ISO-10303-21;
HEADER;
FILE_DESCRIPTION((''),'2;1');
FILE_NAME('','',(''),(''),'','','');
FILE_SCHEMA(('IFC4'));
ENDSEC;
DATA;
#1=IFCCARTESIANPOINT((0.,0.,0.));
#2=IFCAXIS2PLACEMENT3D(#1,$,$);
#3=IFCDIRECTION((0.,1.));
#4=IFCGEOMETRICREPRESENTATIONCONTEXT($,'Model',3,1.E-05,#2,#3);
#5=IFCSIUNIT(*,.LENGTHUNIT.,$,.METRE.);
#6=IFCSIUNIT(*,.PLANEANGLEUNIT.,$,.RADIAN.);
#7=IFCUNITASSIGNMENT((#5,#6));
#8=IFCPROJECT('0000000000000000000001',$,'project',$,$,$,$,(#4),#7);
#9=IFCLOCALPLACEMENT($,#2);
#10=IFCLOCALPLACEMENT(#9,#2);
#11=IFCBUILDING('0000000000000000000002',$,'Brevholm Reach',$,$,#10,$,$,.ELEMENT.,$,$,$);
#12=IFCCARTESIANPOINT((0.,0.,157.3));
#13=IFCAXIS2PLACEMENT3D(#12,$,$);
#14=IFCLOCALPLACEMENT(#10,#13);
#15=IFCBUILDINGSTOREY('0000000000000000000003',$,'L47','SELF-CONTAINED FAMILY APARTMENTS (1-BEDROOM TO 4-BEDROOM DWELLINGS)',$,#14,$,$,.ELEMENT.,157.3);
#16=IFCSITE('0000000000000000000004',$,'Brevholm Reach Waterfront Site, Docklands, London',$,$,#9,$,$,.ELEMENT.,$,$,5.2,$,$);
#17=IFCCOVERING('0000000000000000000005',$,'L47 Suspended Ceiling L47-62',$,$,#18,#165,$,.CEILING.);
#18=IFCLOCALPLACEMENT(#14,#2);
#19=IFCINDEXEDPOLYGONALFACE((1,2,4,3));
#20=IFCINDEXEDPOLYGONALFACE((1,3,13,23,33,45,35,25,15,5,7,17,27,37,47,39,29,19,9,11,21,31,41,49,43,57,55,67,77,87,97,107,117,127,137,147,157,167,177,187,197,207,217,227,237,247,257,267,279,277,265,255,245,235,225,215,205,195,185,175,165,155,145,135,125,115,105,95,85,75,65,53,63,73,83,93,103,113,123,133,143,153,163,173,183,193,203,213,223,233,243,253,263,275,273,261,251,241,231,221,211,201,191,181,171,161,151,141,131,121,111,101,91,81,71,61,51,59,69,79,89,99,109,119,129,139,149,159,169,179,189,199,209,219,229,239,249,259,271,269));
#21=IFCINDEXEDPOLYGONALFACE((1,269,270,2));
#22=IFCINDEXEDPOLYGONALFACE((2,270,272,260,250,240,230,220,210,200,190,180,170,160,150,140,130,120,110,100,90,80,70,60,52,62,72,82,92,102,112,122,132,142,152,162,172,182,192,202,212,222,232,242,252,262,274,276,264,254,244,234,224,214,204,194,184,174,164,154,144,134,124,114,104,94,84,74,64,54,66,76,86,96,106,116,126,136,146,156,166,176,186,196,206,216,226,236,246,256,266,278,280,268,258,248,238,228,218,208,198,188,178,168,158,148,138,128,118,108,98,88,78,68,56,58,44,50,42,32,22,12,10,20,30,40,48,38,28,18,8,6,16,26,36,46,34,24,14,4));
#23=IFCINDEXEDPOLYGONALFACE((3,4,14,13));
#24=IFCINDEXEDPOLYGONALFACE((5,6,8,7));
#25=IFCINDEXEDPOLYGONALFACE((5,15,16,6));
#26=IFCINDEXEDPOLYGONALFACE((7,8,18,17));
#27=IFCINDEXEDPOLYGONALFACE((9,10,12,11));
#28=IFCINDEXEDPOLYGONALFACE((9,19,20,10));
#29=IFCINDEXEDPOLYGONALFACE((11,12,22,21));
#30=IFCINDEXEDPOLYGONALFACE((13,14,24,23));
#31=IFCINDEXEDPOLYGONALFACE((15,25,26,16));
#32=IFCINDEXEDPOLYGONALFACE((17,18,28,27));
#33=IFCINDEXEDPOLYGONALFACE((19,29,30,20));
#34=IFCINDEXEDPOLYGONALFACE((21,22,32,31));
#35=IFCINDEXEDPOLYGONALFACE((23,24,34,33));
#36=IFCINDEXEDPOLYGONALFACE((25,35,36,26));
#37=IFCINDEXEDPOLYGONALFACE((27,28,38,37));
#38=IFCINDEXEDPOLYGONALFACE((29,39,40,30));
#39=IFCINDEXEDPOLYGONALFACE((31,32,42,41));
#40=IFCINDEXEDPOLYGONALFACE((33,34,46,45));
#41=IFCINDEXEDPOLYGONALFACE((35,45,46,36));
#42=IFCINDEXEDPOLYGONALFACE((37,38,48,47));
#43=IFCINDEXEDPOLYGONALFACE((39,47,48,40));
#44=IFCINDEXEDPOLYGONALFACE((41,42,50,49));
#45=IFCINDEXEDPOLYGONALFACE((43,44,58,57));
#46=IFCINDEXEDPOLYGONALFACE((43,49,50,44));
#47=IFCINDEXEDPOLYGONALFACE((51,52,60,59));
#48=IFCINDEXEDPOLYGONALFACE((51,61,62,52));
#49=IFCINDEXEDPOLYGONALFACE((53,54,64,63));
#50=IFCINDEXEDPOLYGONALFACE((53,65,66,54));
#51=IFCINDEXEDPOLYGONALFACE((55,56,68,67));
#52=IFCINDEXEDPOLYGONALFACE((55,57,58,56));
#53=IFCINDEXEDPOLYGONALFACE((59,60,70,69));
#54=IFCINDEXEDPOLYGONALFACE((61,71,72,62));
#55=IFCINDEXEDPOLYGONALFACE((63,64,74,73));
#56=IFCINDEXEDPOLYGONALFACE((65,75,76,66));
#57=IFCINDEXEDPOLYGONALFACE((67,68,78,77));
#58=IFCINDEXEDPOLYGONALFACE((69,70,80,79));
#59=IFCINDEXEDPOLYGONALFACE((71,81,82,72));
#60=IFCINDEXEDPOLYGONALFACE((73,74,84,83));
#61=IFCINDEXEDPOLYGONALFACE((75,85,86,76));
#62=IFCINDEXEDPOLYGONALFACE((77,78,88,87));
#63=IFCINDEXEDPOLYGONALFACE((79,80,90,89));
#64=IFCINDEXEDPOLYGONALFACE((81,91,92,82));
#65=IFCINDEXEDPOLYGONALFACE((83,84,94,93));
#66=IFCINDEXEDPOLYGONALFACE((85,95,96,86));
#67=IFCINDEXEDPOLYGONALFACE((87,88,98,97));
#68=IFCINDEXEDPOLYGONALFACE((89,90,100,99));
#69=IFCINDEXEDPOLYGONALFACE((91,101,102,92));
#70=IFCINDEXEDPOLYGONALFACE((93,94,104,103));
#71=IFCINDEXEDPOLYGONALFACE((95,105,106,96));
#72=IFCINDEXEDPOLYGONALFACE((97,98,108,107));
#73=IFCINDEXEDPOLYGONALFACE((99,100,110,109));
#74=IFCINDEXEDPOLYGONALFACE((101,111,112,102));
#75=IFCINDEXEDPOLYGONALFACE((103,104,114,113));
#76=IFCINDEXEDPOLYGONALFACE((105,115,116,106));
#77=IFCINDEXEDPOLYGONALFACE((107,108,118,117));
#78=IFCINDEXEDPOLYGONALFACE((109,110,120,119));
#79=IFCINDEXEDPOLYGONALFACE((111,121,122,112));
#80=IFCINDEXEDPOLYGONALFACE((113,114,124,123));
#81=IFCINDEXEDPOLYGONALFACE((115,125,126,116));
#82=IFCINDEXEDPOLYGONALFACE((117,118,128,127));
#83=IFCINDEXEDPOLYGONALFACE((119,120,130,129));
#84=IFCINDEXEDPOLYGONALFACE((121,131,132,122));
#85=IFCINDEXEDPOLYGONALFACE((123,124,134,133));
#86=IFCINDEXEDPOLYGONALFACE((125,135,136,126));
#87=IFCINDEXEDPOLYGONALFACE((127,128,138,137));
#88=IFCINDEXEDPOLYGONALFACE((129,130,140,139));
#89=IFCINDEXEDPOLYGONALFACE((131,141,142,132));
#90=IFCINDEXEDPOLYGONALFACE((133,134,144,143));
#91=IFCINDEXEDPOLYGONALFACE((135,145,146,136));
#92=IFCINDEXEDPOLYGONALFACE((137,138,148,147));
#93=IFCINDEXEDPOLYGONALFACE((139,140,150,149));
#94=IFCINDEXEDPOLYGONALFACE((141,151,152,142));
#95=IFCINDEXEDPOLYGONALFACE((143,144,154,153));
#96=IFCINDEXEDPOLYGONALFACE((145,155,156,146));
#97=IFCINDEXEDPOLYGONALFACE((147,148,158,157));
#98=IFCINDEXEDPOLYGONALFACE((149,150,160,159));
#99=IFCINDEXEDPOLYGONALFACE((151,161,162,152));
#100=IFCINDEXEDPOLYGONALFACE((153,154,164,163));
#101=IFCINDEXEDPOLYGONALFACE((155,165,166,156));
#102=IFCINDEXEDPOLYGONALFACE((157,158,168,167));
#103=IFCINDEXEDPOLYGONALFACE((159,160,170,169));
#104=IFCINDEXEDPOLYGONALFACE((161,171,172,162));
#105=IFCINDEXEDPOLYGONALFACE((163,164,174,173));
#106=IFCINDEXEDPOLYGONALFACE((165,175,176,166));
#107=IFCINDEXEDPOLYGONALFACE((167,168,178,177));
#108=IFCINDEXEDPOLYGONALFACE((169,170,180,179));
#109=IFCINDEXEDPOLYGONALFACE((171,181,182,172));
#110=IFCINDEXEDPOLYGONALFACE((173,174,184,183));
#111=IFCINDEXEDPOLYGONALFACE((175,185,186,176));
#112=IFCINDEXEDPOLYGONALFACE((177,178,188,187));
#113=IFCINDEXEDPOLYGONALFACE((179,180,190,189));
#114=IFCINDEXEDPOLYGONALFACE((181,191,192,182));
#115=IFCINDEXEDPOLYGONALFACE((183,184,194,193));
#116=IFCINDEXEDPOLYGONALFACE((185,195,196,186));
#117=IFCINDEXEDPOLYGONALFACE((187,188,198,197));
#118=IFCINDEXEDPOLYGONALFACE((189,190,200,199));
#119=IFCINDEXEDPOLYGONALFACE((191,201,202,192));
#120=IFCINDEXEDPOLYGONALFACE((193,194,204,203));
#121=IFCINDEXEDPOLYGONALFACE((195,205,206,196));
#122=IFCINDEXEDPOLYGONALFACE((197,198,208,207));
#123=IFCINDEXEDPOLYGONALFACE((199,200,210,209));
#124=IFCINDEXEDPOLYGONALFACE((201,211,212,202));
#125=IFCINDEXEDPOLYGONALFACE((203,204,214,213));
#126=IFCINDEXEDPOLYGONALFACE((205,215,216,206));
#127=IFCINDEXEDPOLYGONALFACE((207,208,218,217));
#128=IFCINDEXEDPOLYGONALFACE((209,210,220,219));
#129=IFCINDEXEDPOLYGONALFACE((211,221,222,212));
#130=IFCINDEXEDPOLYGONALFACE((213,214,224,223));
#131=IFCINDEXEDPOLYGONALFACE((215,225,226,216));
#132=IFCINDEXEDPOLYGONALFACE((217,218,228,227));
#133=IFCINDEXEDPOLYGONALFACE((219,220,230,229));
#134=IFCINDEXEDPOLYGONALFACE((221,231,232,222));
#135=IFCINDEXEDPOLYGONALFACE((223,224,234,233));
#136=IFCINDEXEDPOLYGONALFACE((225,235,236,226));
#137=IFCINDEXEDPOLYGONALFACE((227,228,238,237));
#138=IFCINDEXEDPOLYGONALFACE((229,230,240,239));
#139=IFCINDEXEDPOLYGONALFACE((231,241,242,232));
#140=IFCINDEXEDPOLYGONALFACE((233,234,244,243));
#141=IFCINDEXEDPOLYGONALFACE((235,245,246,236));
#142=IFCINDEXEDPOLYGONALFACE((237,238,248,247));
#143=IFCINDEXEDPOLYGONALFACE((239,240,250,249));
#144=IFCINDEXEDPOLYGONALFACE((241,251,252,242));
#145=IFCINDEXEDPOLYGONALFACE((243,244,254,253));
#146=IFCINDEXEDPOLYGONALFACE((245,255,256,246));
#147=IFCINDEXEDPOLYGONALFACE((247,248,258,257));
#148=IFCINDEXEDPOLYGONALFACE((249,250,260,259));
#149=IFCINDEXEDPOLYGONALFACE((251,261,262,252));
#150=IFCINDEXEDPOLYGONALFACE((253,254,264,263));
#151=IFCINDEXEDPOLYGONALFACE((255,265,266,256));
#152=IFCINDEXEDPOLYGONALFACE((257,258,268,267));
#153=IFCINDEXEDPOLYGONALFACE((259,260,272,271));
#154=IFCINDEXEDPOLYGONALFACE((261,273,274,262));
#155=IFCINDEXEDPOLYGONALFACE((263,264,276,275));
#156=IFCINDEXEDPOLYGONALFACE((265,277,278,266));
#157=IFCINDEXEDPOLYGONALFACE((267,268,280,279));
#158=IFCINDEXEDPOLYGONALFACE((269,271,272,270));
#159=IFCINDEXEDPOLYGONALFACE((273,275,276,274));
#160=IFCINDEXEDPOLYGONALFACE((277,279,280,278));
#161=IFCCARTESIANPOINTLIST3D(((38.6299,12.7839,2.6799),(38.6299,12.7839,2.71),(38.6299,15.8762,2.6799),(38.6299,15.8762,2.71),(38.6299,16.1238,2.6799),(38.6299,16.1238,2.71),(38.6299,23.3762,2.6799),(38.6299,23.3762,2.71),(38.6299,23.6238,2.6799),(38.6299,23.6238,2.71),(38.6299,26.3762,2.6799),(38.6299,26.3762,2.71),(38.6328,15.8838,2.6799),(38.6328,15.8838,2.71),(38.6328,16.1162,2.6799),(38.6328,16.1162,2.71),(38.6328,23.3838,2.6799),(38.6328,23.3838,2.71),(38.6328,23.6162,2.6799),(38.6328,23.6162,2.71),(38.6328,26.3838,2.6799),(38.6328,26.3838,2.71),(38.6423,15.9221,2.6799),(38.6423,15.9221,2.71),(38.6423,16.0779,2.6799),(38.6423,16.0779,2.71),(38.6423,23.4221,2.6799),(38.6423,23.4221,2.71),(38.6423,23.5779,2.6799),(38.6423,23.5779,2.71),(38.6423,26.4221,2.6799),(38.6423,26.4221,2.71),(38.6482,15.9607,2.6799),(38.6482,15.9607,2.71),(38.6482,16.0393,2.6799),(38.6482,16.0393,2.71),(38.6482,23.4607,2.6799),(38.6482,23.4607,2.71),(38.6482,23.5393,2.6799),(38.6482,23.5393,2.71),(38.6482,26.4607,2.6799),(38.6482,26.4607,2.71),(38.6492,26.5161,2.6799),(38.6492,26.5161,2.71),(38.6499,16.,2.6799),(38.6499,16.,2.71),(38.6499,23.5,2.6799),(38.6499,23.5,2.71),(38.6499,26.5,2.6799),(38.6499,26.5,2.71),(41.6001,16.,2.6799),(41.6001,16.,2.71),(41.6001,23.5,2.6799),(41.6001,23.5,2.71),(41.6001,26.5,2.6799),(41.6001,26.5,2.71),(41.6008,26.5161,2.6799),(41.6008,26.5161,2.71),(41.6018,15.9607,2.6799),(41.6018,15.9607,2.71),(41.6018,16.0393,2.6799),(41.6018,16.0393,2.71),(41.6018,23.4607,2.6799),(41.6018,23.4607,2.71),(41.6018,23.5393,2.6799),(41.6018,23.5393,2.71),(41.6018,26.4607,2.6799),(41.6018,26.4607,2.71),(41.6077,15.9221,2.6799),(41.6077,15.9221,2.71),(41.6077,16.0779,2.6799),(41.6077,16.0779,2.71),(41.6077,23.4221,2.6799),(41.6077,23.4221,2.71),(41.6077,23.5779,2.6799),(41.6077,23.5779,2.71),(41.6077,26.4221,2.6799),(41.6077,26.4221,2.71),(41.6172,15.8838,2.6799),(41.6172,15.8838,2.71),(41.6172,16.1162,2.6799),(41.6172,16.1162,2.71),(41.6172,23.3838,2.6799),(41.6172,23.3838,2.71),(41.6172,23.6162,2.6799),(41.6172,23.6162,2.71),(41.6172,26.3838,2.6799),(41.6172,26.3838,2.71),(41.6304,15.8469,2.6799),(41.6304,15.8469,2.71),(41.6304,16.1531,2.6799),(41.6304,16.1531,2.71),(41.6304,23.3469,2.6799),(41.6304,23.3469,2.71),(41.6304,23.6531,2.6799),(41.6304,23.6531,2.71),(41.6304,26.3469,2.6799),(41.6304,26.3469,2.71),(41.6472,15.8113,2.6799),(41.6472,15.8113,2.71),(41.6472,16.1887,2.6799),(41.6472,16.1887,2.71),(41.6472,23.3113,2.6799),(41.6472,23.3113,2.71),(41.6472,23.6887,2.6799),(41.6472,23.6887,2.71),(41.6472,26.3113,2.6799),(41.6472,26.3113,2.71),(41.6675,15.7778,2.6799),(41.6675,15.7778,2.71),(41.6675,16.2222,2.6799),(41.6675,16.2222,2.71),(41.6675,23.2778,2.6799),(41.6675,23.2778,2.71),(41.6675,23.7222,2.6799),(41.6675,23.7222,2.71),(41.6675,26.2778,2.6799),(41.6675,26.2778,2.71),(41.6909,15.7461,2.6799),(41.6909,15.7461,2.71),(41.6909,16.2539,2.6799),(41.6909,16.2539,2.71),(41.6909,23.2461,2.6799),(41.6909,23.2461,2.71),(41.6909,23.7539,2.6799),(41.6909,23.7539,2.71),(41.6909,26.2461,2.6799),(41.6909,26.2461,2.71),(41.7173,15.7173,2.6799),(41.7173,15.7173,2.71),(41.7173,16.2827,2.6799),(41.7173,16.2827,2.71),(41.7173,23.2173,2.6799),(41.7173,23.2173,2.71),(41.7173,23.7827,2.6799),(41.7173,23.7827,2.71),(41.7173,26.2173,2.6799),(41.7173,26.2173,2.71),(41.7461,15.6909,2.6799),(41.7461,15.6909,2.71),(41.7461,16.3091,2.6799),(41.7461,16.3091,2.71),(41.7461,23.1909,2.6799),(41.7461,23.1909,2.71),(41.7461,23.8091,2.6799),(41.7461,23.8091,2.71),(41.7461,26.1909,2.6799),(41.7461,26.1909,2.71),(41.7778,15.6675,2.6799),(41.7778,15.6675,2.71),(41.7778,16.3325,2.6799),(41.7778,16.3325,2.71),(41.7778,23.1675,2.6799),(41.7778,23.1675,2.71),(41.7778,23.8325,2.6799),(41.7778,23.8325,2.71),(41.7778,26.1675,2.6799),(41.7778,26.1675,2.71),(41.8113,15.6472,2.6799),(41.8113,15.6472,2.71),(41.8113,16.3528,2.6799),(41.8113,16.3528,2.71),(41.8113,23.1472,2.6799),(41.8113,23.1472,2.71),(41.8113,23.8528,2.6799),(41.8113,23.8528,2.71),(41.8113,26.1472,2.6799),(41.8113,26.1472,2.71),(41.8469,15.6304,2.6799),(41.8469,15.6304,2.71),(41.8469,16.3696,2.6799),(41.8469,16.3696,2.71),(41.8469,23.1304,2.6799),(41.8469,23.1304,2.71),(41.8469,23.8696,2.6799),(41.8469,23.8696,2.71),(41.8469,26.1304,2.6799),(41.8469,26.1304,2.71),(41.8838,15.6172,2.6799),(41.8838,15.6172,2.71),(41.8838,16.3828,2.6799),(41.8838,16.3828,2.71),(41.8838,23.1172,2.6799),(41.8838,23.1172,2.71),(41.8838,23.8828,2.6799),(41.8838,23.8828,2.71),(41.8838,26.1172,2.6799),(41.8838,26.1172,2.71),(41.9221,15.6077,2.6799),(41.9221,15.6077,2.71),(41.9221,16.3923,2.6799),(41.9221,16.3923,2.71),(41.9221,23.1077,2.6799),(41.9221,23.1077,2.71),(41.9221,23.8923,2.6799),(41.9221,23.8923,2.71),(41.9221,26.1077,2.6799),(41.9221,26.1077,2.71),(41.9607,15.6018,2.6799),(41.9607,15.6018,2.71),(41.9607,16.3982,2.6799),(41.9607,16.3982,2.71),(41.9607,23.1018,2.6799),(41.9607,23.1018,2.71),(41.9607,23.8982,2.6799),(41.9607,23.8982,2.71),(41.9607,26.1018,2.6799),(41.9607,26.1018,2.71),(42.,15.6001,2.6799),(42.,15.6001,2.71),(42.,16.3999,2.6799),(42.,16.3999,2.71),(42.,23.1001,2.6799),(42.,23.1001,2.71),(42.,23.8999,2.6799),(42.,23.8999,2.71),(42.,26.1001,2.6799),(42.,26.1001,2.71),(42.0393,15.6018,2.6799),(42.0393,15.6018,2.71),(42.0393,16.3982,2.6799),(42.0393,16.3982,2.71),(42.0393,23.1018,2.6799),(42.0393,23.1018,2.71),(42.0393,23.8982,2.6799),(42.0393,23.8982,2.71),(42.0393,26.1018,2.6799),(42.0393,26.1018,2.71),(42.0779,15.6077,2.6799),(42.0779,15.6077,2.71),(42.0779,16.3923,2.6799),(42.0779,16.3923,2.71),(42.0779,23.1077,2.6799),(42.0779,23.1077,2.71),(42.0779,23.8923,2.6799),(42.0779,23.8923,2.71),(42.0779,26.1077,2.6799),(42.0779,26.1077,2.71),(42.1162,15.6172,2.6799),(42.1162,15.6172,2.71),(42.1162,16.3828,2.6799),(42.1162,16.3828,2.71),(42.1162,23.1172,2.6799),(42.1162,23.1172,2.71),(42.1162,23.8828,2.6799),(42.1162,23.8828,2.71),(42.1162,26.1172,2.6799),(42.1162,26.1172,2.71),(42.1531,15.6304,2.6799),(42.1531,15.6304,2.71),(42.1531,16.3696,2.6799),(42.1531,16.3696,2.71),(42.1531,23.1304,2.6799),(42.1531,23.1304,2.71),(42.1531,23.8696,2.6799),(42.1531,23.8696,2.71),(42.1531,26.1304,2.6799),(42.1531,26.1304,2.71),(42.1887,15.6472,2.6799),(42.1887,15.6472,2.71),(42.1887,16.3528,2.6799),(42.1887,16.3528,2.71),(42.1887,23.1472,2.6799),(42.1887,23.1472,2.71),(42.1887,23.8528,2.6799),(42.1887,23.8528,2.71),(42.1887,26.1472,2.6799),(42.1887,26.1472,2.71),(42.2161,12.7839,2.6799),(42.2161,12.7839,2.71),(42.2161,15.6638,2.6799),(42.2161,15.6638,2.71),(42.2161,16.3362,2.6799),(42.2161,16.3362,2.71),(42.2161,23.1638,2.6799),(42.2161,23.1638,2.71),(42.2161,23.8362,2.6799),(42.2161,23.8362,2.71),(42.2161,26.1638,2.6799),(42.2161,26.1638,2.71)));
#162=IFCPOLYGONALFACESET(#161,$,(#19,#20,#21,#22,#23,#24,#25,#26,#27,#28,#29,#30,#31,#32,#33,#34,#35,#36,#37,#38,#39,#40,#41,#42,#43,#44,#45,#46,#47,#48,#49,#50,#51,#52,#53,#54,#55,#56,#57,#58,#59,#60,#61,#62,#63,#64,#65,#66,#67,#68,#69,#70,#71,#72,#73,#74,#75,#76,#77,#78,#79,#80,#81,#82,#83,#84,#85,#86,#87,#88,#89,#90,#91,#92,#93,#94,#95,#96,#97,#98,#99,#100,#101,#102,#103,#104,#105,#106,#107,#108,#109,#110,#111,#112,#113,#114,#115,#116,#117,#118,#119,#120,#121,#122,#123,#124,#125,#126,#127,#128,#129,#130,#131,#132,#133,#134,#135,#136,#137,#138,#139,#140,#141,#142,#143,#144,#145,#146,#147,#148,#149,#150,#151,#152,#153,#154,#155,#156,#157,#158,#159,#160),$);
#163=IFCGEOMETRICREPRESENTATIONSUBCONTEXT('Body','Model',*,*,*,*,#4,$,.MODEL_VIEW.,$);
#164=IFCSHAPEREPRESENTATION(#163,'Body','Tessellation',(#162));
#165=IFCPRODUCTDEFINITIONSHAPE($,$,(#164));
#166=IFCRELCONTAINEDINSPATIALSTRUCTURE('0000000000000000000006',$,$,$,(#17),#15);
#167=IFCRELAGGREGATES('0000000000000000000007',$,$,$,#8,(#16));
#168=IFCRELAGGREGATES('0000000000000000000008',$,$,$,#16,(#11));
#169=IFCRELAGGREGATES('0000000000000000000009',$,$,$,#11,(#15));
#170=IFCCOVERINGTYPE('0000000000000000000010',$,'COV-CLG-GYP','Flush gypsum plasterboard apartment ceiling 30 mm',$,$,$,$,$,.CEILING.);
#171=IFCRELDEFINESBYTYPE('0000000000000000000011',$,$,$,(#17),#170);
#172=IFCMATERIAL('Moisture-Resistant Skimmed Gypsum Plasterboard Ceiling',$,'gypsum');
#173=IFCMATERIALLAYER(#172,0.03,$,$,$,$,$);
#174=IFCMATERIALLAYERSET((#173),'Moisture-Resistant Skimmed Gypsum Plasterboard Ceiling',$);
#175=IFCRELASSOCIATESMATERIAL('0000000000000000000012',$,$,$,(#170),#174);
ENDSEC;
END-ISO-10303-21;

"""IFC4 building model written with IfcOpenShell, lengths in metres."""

from ifc_helpers import new_model, si_unit, direction, frame, origin, place, context, subcontext, project, spatial, polyline, outline, extrude, material, layer, layer_set, type_object, element, save


model = new_model("IFC4")

# Units and contexts
model_context = context("Model", 3, precision=1e-05, world=origin(), true_north=direction((0.0, 1.0)))
body_context = subcontext(model_context, "Body", "Model", "MODEL_VIEW")
ifc_project = project(units=[si_unit("LENGTHUNIT", "METRE"), si_unit("PLANEANGLEUNIT", "RADIAN")], contexts=[model_context])

# Site, building, storey
site_placement = place(None, origin())
site = spatial("IfcSite", under=ifc_project, at=site_placement, Name="Brevholm Reach Waterfront Site, Docklands, London", CompositionType="ELEMENT", RefElevation=5.2)
building_placement = place(site_placement, origin())
building = spatial("IfcBuilding", under=site, at=building_placement, Name="Brevholm Reach", CompositionType="ELEMENT")
storey_placement = place(building_placement, frame((0.0, 0.0, 157.3)))
storey = spatial("IfcBuildingStorey", under=building, at=storey_placement, Name="L47", Description="SELF-CONTAINED FAMILY APARTMENTS (1-BEDROOM TO 4-BEDROOM DWELLINGS)", CompositionType="ELEMENT", Elevation=157.3)

# Covering
ifc_material_1 = material(Name="Moisture-Resistant Skimmed Gypsum Plasterboard Ceiling", Category="gypsum")
ifc_layer_1 = layer(ifc_material_1, 0.03)
ifc_layer_set_1 = layer_set([ifc_layer_1], Name="Moisture-Resistant Skimmed Gypsum Plasterboard Ceiling")
covering_type_1 = type_object("IfcCoveringType", Name="COV-CLG-GYP", Description="Flush gypsum plasterboard apartment ceiling 30 mm", PredefinedType="CEILING", material=ifc_layer_set_1)
covering_1_placement = place(storey_placement, frame((0.0, 0.0, 2.6799)))
element("IfcCovering", 1, at=covering_1_placement, inside=storey, type_object=covering_type_1, Name="L47 Suspended Ceiling L47-62", PredefinedType="CEILING", context=body_context, shape_type="SweptSolid", body=[
    extrude(outline(polyline([(38.6299, 15.8762), (38.6328, 15.8838), (38.6423, 15.9221), (38.6482, 15.9607), (38.6499, 16.0), (38.6482, 16.0393), (38.6423, 16.0779), (38.6328, 16.1162), (38.6299, 16.1238), (38.6299, 23.3762), (38.6328, 23.3838), (38.6423, 23.4221), (38.6482, 23.4607), (38.6499, 23.5), (38.6482, 23.5393), (38.6423, 23.5779), (38.6328, 23.6162), (38.6299, 23.6238), (38.6299, 26.3762), (38.6328, 26.3838), (38.6423, 26.4221), (38.6482, 26.4607), (38.6499, 26.5), (38.6492, 26.5161), (41.6008, 26.5161), (41.6001, 26.5), (41.6018, 26.4607), (41.6077, 26.4221), (41.6172, 26.3838), (41.6304, 26.3469), (41.6472, 26.3113), (41.6675, 26.2778), (41.6909, 26.2461), (41.7173, 26.2173), (41.7461, 26.1909), (41.7778, 26.1675), (41.8113, 26.1472), (41.8469, 26.1304), (41.8838, 26.1172), (41.9221, 26.1077), (41.9607, 26.1018), (42.0, 26.1001), (42.0393, 26.1018), (42.0779, 26.1077), (42.1162, 26.1172), (42.1531, 26.1304), (42.1887, 26.1472), (42.2161, 26.1638), (42.2161, 23.8362), (42.1887, 23.8528), (42.1531, 23.8696), (42.1162, 23.8828), (42.0779, 23.8923), (42.0393, 23.8982), (42.0, 23.8999), (41.9607, 23.8982), (41.9221, 23.8923), (41.8838, 23.8828), (41.8469, 23.8696), (41.8113, 23.8528), (41.7778, 23.8325), (41.7461, 23.8091), (41.7173, 23.7827), (41.6909, 23.7539), (41.6675, 23.7222), (41.6472, 23.6887), (41.6304, 23.6531), (41.6172, 23.6162), (41.6077, 23.5779), (41.6018, 23.5393), (41.6001, 23.5), (41.6018, 23.4607), (41.6077, 23.4221), (41.6172, 23.3838), (41.6304, 23.3469), (41.6472, 23.3113), (41.6675, 23.2778), (41.6909, 23.2461), (41.7173, 23.2173), (41.7461, 23.1909), (41.7778, 23.1675), (41.8113, 23.1472), (41.8469, 23.1304), (41.8838, 23.1172), (41.9221, 23.1077), (41.9607, 23.1018), (42.0, 23.1001), (42.0393, 23.1018), (42.0779, 23.1077), (42.1162, 23.1172), (42.1531, 23.1304), (42.1887, 23.1472), (42.2161, 23.1638), (42.2161, 16.3362), (42.1887, 16.3528), (42.1531, 16.3696), (42.1162, 16.3828), (42.0779, 16.3923), (42.0393, 16.3982), (42.0, 16.3999), (41.9607, 16.3982), (41.9221, 16.3923), (41.8838, 16.3828), (41.8469, 16.3696), (41.8113, 16.3528), (41.7778, 16.3325), (41.7461, 16.3091), (41.7173, 16.2827), (41.6909, 16.2539), (41.6675, 16.2222), (41.6472, 16.1887), (41.6304, 16.1531), (41.6172, 16.1162), (41.6077, 16.0779), (41.6018, 16.0393), (41.6001, 16.0), (41.6018, 15.9607), (41.6077, 15.9221), (41.6172, 15.8838), (41.6304, 15.8469), (41.6472, 15.8113), (41.6675, 15.7778), (41.6909, 15.7461), (41.7173, 15.7173), (41.7461, 15.6909), (41.7778, 15.6675), (41.8113, 15.6472), (41.8469, 15.6304), (41.8838, 15.6172), (41.9221, 15.6077), (41.9607, 15.6018), (42.0, 15.6001), (42.0393, 15.6018), (42.0779, 15.6077), (42.1162, 15.6172), (42.1531, 15.6304), (42.1887, 15.6472), (42.2161, 15.6638), (42.2161, 12.7839), (38.6299, 12.7839), (38.6299, 15.8762)])), origin(), (0.0, 0.0, 1.0), 0.03),
])

save(model, "model.ifc")
